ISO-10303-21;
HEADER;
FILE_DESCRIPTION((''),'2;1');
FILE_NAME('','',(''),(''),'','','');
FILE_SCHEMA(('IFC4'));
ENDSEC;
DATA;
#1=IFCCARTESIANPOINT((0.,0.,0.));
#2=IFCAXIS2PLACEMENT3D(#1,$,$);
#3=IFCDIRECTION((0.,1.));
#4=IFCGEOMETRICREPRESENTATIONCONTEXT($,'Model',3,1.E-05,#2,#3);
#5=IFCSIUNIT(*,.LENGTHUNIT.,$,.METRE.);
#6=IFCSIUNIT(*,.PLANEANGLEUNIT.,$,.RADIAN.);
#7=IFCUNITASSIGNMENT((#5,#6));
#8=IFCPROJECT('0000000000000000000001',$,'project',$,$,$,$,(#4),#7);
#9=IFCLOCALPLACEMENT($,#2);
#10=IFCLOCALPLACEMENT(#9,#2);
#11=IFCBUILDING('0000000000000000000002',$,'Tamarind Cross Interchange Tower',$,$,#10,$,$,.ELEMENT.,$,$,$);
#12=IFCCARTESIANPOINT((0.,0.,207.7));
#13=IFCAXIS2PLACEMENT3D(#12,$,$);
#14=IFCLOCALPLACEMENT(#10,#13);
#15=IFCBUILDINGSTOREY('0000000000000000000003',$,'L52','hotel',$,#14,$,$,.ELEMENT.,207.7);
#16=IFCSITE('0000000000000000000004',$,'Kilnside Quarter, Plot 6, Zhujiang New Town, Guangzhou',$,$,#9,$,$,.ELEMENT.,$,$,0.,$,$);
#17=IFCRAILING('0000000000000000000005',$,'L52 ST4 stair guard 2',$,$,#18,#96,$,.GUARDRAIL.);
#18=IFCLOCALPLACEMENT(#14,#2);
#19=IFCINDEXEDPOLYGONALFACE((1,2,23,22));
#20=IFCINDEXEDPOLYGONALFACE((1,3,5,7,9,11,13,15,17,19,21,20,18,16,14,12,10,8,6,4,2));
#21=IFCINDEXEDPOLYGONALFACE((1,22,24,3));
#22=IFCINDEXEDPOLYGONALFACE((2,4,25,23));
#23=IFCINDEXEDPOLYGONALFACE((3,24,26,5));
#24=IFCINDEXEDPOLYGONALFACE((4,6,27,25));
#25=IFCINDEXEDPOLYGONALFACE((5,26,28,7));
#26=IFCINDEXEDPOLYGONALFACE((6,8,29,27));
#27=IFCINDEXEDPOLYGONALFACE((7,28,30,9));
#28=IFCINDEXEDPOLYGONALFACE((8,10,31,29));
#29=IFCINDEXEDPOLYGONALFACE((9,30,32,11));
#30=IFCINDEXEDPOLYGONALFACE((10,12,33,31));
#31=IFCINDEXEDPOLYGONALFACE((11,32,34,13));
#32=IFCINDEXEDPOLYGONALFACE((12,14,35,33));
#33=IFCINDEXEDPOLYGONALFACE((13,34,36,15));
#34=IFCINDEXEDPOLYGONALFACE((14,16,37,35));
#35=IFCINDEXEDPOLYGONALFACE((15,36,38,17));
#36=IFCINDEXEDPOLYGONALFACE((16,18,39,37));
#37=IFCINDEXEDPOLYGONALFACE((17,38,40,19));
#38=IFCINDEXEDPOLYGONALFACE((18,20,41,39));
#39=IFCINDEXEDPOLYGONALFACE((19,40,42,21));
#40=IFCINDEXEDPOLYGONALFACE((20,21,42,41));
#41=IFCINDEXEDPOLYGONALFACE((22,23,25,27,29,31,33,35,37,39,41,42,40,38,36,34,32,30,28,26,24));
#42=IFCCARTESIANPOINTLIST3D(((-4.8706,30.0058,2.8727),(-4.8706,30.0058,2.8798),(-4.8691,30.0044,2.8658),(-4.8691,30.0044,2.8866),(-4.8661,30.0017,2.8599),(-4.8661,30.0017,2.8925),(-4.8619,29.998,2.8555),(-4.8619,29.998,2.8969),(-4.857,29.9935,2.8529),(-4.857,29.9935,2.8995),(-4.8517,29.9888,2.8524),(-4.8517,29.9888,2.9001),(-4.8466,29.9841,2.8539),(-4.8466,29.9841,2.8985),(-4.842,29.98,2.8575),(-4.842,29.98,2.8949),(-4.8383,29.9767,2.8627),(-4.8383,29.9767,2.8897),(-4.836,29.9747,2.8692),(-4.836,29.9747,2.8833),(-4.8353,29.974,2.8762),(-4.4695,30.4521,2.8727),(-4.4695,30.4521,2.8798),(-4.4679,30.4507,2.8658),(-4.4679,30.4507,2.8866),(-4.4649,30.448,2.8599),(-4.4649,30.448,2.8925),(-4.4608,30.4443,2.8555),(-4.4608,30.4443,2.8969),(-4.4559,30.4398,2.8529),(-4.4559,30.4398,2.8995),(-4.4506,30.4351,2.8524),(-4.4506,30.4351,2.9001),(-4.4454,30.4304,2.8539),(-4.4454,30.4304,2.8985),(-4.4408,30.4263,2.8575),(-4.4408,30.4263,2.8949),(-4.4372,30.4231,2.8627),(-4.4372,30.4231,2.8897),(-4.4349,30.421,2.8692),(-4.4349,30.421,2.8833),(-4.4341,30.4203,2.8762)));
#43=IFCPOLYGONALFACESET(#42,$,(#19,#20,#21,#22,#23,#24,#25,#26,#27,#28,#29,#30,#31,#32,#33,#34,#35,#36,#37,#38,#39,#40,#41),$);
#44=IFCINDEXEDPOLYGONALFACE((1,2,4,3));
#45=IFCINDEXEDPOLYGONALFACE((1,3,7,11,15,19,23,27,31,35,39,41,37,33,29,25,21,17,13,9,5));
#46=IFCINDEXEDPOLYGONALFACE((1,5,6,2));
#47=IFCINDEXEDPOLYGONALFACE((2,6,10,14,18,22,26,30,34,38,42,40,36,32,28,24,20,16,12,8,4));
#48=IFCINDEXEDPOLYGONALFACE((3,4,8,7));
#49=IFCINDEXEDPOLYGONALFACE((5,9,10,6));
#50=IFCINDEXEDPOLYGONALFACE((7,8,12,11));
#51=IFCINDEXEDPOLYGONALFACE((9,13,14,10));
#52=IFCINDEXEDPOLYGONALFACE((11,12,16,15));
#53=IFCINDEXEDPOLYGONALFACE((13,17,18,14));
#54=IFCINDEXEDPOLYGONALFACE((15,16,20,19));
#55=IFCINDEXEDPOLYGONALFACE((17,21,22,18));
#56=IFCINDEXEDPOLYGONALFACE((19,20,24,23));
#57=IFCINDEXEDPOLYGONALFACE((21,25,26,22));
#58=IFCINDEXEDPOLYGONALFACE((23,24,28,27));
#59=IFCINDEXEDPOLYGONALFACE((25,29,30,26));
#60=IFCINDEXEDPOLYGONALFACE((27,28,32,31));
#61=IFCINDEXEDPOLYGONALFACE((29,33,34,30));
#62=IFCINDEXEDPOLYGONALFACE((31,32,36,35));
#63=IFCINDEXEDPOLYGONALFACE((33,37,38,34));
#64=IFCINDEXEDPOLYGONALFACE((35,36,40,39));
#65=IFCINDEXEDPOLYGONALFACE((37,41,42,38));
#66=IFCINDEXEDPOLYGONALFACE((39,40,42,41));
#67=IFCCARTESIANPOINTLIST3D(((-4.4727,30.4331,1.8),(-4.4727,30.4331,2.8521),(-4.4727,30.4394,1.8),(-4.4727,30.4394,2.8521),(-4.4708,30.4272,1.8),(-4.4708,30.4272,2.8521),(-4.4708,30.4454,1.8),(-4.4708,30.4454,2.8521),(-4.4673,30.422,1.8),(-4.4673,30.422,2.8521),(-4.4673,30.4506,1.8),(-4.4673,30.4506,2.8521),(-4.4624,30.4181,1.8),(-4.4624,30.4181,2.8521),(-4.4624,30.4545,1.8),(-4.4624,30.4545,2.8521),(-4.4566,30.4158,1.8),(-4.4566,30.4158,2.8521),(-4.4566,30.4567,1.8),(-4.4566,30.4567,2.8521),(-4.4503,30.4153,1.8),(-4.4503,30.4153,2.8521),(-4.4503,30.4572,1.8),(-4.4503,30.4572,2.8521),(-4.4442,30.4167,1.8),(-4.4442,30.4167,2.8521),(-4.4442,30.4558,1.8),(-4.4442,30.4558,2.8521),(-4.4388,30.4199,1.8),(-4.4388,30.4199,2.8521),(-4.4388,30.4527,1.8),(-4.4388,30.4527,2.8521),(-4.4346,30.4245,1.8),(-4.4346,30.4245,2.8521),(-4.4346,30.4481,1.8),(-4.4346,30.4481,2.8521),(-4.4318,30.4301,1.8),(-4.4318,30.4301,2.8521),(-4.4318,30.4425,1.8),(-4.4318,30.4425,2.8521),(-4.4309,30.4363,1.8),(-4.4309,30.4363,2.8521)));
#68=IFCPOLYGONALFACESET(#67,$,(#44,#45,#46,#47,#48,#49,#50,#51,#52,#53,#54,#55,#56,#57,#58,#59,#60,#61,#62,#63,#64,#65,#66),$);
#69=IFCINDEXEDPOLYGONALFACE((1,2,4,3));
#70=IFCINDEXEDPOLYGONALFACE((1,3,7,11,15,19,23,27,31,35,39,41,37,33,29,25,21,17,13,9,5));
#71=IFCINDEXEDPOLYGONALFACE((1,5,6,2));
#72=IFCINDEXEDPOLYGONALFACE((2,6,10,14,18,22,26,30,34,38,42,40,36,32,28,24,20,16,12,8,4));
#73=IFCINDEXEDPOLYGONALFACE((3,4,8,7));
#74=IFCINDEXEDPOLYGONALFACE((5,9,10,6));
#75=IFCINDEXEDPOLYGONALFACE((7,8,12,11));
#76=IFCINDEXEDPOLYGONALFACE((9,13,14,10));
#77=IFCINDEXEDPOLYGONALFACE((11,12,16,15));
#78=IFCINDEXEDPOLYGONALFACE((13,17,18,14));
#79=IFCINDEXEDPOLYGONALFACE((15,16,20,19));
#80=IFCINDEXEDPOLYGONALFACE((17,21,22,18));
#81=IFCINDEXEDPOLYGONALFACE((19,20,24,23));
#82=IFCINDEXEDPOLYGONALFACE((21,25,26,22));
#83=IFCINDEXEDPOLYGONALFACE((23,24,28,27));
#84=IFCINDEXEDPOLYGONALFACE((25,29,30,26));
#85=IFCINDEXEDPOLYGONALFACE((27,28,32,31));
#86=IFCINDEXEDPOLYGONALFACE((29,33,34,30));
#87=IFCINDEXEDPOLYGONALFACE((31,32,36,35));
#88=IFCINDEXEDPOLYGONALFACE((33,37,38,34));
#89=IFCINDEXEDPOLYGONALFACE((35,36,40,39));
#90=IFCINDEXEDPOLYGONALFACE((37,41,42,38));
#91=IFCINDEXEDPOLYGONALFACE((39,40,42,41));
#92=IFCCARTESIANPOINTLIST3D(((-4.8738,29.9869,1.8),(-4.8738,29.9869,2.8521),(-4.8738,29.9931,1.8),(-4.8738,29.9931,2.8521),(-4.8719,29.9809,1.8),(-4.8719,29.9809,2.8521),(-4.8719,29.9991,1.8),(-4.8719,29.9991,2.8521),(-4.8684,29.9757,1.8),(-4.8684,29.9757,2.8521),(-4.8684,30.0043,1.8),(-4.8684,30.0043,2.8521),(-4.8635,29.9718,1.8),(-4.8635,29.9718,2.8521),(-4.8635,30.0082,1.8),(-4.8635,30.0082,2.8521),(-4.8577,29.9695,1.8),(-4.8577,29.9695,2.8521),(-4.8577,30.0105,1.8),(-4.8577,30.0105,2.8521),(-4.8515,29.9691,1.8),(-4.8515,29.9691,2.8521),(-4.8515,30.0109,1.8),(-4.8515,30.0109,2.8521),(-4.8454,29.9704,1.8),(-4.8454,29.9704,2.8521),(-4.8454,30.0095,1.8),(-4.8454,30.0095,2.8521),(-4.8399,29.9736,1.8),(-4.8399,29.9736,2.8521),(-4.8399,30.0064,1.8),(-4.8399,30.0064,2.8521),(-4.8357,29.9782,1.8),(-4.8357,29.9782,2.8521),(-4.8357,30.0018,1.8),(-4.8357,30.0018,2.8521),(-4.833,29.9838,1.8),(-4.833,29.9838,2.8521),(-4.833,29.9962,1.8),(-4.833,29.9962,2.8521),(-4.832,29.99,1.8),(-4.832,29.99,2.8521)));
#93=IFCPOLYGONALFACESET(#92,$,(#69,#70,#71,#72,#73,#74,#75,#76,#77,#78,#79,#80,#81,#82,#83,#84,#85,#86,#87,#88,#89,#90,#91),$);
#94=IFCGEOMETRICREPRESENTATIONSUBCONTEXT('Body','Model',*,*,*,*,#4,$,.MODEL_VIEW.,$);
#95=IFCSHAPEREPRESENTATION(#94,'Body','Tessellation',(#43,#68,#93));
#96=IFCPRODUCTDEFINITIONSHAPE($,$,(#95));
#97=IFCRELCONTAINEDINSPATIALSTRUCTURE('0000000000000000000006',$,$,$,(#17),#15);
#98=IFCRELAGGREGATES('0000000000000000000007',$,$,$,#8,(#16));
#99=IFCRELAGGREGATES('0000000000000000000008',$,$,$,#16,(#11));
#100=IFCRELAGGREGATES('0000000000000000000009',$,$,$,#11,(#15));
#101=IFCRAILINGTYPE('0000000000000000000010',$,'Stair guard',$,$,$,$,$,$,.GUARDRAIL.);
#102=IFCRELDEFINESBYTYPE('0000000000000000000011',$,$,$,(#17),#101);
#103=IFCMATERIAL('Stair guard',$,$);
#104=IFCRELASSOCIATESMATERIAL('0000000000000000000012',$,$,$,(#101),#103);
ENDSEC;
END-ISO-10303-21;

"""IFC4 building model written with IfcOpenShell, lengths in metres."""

from ifc_helpers import new_model, si_unit, direction, frame, origin, origin_2d, place, context, subcontext, project, spatial, circle, extrude, material, type_object, element, save


model = new_model("IFC4")

# Units and contexts
model_context = context("Model", 3, precision=1e-05, world=origin(), true_north=direction((0.0, 1.0)))
body_context = subcontext(model_context, "Body", "Model", "MODEL_VIEW")
ifc_project = project(units=[si_unit("LENGTHUNIT", "METRE"), si_unit("PLANEANGLEUNIT", "RADIAN")], contexts=[model_context])

# Site, building, storey
site_placement = place(None, origin())
site = spatial("IfcSite", under=ifc_project, at=site_placement, Name="Kilnside Quarter, Plot 6, Zhujiang New Town, Guangzhou", CompositionType="ELEMENT", RefElevation=0.0)
building_placement = place(site_placement, origin())
building = spatial("IfcBuilding", under=site, at=building_placement, Name="Tamarind Cross Interchange Tower", CompositionType="ELEMENT")
storey_placement = place(building_placement, frame((0.0, 0.0, 207.7)))
storey = spatial("IfcBuildingStorey", under=building, at=storey_placement, Name="L52", Description="hotel", CompositionType="ELEMENT", Elevation=207.7)

# Railing
ifc_material_1 = material(Name="Stair guard")
railing_type_1 = type_object("IfcRailingType", Name="Stair guard", PredefinedType="GUARDRAIL", material=ifc_material_1)
railing_1_placement = place(storey_placement, frame((-4.4519, 30.4363, 1.8)))
element("IfcRailing", 1, at=railing_1_placement, inside=storey, type_object=railing_type_1, Name="L52 ST4 stair guard 2", PredefinedType="GUARDRAIL", context=body_context, shape_type="SweptSolid", body=[
    extrude(circle(Radius=0.0239, at=origin_2d()), frame((0.0, 0.0, 1.0762), z_axis=(-0.66847, -0.743739, 0.0), x_axis=(0.743739, -0.66847, 0.0)), (0.0, 0.0, 1.0), 0.6001),
    extrude(circle(Radius=0.021, at=origin_2d()), origin(), (0.0, 0.0, 1.0), 1.052),
    extrude(circle(Radius=0.021, at=origin_2d()), frame((-0.4011, -0.4463, 0.0)), (0.0, 0.0, 1.0), 1.052),
])

save(model, "model.ifc")
